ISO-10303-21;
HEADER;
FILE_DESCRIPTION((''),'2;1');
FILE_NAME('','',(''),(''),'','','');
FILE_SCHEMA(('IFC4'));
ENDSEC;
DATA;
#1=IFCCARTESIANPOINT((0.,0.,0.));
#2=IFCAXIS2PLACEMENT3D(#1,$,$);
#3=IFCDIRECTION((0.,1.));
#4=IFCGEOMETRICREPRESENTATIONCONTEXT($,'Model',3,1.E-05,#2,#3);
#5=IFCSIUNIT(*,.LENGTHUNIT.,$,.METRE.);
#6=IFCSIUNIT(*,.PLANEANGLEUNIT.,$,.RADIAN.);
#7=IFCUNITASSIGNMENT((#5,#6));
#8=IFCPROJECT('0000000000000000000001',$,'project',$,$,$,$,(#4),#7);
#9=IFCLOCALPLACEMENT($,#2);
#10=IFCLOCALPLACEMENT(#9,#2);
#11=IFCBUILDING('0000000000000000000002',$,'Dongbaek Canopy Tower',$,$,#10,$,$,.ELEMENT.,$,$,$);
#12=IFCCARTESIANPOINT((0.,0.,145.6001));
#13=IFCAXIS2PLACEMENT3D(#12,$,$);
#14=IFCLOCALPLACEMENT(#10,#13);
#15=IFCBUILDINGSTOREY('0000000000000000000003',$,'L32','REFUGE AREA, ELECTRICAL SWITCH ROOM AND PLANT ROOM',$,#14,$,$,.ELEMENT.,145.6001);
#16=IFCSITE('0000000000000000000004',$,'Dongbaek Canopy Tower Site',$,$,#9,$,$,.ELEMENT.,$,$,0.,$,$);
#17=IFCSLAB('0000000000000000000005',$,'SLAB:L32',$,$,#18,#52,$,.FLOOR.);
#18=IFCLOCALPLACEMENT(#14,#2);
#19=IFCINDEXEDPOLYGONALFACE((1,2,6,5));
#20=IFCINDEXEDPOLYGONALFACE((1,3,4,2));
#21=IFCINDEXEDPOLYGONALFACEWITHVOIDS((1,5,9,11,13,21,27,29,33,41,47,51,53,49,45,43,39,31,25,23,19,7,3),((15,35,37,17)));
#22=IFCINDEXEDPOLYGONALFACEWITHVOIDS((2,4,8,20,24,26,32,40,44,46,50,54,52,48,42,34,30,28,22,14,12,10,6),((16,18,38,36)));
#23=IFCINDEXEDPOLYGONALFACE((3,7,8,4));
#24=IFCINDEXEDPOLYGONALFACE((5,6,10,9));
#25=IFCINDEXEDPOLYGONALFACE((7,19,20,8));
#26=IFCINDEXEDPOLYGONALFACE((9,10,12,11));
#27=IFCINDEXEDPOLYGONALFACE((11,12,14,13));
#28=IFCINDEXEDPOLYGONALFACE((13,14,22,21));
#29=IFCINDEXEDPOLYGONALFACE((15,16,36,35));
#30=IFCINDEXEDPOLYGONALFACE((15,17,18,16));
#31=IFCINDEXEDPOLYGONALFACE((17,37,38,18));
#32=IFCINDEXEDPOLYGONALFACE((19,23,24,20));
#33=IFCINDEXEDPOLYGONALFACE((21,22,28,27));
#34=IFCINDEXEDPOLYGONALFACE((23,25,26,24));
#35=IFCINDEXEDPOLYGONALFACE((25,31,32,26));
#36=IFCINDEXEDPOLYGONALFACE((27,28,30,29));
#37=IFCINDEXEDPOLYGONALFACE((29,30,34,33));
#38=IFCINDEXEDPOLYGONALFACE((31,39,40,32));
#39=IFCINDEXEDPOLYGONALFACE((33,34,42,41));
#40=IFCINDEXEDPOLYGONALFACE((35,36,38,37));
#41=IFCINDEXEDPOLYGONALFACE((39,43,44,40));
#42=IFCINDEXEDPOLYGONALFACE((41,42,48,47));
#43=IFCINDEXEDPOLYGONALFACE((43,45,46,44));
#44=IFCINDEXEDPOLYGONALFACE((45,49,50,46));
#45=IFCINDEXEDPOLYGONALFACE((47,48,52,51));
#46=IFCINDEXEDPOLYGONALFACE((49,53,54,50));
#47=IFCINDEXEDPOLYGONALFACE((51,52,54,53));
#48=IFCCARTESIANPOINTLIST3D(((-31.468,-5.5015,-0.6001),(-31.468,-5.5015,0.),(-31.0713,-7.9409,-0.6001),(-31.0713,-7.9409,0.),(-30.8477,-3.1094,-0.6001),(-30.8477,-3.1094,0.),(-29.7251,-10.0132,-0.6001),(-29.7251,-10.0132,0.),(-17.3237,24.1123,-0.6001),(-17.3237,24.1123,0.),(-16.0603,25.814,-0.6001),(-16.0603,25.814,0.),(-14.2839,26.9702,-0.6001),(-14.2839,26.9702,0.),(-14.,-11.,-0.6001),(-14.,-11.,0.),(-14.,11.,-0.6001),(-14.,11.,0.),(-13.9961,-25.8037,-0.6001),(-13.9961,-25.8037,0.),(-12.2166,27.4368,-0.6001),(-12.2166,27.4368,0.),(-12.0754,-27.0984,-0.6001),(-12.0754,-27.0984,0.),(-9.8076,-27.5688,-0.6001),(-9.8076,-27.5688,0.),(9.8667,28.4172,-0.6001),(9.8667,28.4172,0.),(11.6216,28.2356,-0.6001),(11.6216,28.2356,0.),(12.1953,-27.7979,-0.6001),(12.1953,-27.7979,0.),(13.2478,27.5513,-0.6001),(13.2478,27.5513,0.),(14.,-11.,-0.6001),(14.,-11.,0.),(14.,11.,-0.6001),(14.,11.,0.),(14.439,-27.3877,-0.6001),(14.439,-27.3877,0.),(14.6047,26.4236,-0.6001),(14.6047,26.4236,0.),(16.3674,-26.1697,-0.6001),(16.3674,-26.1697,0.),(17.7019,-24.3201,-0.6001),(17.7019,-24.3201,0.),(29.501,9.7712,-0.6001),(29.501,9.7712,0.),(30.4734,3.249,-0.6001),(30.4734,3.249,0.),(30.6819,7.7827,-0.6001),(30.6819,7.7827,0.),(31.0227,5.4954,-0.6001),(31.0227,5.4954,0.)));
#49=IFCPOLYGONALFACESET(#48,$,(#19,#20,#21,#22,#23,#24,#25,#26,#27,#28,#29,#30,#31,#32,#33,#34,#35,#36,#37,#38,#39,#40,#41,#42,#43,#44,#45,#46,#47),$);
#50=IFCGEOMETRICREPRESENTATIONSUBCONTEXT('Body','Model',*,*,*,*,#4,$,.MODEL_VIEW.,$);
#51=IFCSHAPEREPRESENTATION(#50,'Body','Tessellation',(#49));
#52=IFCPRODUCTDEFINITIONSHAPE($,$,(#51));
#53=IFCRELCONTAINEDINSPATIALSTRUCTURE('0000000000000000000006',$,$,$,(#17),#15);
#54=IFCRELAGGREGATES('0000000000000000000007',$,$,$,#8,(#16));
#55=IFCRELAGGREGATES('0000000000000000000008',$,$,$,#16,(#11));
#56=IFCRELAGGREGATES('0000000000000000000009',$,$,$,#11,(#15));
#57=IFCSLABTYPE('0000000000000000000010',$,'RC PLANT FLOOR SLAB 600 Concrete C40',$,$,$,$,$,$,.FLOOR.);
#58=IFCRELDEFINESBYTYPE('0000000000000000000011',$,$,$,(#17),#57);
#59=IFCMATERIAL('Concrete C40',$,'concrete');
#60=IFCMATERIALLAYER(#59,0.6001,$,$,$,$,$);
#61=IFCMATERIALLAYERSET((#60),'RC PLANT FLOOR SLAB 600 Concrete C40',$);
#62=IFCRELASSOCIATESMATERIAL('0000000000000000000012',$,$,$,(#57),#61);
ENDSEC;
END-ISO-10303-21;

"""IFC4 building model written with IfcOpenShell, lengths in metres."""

from ifc_helpers import new_model, si_unit, direction, frame, origin, place, context, subcontext, project, spatial, polyline, outline, extrude, material, layer, layer_set, type_object, element, save


model = new_model("IFC4")

# Units and contexts
model_context = context("Model", 3, precision=1e-05, world=origin(), true_north=direction((0.0, 1.0)))
body_context = subcontext(model_context, "Body", "Model", "MODEL_VIEW")
ifc_project = project(units=[si_unit("LENGTHUNIT", "METRE"), si_unit("PLANEANGLEUNIT", "RADIAN")], contexts=[model_context])

# Site, building, storey
site_placement = place(None, origin())
site = spatial("IfcSite", under=ifc_project, at=site_placement, Name="Dongbaek Canopy Tower Site", CompositionType="ELEMENT", RefElevation=0.0)
building_placement = place(site_placement, origin())
building = spatial("IfcBuilding", under=site, at=building_placement, Name="Dongbaek Canopy Tower", CompositionType="ELEMENT")
storey_placement = place(building_placement, frame((0.0, 0.0, 145.6001)))
storey = spatial("IfcBuildingStorey", under=building, at=storey_placement, Name="L32", Description="REFUGE AREA, ELECTRICAL SWITCH ROOM AND PLANT ROOM", CompositionType="ELEMENT", Elevation=145.6001)

# Slab
ifc_material_1 = material(Name="Concrete C40", Category="concrete")
ifc_layer_1 = layer(ifc_material_1, 0.6001)
ifc_layer_set_1 = layer_set([ifc_layer_1], Name="RC PLANT FLOOR SLAB 600 Concrete C40")
slab_type_1 = type_object("IfcSlabType", Name="RC PLANT FLOOR SLAB 600 Concrete C40", PredefinedType="FLOOR", material=ifc_layer_set_1)
slab_1_placement = place(storey_placement, frame((0.0, 0.0, -0.6001)))
element("IfcSlab", 1, at=slab_1_placement, inside=storey, type_object=slab_type_1, Name="SLAB:L32", PredefinedType="FLOOR", context=body_context, shape_type="SweptSolid", body=[
    extrude(outline(polyline([(17.7019, -24.3201), (16.3674, -26.1697), (14.439, -27.3877), (12.1953, -27.7979), (-9.8076, -27.5688), (-12.0754, -27.0984), (-13.9961, -25.8037), (-29.7251, -10.0132), (-31.0713, -7.9409), (-31.468, -5.5015), (-30.8477, -3.1094), (-17.3237, 24.1123), (-16.0603, 25.814), (-14.2839, 26.9702), (-12.2166, 27.4368), (9.8667, 28.4172), (11.6216, 28.2356), (13.2478, 27.5513), (14.6047, 26.4236), (29.501, 9.7712), (30.6819, 7.7827), (31.0227, 5.4954), (30.4734, 3.249), (17.7019, -24.3201)]), holes=[polyline([(14.0, 11.0), (-14.0, 11.0), (-14.0, -11.0), (14.0, -11.0), (14.0, 11.0)])]), origin(), (0.0, 0.0, 1.0), 0.6001),
])

save(model, "model.ifc")
